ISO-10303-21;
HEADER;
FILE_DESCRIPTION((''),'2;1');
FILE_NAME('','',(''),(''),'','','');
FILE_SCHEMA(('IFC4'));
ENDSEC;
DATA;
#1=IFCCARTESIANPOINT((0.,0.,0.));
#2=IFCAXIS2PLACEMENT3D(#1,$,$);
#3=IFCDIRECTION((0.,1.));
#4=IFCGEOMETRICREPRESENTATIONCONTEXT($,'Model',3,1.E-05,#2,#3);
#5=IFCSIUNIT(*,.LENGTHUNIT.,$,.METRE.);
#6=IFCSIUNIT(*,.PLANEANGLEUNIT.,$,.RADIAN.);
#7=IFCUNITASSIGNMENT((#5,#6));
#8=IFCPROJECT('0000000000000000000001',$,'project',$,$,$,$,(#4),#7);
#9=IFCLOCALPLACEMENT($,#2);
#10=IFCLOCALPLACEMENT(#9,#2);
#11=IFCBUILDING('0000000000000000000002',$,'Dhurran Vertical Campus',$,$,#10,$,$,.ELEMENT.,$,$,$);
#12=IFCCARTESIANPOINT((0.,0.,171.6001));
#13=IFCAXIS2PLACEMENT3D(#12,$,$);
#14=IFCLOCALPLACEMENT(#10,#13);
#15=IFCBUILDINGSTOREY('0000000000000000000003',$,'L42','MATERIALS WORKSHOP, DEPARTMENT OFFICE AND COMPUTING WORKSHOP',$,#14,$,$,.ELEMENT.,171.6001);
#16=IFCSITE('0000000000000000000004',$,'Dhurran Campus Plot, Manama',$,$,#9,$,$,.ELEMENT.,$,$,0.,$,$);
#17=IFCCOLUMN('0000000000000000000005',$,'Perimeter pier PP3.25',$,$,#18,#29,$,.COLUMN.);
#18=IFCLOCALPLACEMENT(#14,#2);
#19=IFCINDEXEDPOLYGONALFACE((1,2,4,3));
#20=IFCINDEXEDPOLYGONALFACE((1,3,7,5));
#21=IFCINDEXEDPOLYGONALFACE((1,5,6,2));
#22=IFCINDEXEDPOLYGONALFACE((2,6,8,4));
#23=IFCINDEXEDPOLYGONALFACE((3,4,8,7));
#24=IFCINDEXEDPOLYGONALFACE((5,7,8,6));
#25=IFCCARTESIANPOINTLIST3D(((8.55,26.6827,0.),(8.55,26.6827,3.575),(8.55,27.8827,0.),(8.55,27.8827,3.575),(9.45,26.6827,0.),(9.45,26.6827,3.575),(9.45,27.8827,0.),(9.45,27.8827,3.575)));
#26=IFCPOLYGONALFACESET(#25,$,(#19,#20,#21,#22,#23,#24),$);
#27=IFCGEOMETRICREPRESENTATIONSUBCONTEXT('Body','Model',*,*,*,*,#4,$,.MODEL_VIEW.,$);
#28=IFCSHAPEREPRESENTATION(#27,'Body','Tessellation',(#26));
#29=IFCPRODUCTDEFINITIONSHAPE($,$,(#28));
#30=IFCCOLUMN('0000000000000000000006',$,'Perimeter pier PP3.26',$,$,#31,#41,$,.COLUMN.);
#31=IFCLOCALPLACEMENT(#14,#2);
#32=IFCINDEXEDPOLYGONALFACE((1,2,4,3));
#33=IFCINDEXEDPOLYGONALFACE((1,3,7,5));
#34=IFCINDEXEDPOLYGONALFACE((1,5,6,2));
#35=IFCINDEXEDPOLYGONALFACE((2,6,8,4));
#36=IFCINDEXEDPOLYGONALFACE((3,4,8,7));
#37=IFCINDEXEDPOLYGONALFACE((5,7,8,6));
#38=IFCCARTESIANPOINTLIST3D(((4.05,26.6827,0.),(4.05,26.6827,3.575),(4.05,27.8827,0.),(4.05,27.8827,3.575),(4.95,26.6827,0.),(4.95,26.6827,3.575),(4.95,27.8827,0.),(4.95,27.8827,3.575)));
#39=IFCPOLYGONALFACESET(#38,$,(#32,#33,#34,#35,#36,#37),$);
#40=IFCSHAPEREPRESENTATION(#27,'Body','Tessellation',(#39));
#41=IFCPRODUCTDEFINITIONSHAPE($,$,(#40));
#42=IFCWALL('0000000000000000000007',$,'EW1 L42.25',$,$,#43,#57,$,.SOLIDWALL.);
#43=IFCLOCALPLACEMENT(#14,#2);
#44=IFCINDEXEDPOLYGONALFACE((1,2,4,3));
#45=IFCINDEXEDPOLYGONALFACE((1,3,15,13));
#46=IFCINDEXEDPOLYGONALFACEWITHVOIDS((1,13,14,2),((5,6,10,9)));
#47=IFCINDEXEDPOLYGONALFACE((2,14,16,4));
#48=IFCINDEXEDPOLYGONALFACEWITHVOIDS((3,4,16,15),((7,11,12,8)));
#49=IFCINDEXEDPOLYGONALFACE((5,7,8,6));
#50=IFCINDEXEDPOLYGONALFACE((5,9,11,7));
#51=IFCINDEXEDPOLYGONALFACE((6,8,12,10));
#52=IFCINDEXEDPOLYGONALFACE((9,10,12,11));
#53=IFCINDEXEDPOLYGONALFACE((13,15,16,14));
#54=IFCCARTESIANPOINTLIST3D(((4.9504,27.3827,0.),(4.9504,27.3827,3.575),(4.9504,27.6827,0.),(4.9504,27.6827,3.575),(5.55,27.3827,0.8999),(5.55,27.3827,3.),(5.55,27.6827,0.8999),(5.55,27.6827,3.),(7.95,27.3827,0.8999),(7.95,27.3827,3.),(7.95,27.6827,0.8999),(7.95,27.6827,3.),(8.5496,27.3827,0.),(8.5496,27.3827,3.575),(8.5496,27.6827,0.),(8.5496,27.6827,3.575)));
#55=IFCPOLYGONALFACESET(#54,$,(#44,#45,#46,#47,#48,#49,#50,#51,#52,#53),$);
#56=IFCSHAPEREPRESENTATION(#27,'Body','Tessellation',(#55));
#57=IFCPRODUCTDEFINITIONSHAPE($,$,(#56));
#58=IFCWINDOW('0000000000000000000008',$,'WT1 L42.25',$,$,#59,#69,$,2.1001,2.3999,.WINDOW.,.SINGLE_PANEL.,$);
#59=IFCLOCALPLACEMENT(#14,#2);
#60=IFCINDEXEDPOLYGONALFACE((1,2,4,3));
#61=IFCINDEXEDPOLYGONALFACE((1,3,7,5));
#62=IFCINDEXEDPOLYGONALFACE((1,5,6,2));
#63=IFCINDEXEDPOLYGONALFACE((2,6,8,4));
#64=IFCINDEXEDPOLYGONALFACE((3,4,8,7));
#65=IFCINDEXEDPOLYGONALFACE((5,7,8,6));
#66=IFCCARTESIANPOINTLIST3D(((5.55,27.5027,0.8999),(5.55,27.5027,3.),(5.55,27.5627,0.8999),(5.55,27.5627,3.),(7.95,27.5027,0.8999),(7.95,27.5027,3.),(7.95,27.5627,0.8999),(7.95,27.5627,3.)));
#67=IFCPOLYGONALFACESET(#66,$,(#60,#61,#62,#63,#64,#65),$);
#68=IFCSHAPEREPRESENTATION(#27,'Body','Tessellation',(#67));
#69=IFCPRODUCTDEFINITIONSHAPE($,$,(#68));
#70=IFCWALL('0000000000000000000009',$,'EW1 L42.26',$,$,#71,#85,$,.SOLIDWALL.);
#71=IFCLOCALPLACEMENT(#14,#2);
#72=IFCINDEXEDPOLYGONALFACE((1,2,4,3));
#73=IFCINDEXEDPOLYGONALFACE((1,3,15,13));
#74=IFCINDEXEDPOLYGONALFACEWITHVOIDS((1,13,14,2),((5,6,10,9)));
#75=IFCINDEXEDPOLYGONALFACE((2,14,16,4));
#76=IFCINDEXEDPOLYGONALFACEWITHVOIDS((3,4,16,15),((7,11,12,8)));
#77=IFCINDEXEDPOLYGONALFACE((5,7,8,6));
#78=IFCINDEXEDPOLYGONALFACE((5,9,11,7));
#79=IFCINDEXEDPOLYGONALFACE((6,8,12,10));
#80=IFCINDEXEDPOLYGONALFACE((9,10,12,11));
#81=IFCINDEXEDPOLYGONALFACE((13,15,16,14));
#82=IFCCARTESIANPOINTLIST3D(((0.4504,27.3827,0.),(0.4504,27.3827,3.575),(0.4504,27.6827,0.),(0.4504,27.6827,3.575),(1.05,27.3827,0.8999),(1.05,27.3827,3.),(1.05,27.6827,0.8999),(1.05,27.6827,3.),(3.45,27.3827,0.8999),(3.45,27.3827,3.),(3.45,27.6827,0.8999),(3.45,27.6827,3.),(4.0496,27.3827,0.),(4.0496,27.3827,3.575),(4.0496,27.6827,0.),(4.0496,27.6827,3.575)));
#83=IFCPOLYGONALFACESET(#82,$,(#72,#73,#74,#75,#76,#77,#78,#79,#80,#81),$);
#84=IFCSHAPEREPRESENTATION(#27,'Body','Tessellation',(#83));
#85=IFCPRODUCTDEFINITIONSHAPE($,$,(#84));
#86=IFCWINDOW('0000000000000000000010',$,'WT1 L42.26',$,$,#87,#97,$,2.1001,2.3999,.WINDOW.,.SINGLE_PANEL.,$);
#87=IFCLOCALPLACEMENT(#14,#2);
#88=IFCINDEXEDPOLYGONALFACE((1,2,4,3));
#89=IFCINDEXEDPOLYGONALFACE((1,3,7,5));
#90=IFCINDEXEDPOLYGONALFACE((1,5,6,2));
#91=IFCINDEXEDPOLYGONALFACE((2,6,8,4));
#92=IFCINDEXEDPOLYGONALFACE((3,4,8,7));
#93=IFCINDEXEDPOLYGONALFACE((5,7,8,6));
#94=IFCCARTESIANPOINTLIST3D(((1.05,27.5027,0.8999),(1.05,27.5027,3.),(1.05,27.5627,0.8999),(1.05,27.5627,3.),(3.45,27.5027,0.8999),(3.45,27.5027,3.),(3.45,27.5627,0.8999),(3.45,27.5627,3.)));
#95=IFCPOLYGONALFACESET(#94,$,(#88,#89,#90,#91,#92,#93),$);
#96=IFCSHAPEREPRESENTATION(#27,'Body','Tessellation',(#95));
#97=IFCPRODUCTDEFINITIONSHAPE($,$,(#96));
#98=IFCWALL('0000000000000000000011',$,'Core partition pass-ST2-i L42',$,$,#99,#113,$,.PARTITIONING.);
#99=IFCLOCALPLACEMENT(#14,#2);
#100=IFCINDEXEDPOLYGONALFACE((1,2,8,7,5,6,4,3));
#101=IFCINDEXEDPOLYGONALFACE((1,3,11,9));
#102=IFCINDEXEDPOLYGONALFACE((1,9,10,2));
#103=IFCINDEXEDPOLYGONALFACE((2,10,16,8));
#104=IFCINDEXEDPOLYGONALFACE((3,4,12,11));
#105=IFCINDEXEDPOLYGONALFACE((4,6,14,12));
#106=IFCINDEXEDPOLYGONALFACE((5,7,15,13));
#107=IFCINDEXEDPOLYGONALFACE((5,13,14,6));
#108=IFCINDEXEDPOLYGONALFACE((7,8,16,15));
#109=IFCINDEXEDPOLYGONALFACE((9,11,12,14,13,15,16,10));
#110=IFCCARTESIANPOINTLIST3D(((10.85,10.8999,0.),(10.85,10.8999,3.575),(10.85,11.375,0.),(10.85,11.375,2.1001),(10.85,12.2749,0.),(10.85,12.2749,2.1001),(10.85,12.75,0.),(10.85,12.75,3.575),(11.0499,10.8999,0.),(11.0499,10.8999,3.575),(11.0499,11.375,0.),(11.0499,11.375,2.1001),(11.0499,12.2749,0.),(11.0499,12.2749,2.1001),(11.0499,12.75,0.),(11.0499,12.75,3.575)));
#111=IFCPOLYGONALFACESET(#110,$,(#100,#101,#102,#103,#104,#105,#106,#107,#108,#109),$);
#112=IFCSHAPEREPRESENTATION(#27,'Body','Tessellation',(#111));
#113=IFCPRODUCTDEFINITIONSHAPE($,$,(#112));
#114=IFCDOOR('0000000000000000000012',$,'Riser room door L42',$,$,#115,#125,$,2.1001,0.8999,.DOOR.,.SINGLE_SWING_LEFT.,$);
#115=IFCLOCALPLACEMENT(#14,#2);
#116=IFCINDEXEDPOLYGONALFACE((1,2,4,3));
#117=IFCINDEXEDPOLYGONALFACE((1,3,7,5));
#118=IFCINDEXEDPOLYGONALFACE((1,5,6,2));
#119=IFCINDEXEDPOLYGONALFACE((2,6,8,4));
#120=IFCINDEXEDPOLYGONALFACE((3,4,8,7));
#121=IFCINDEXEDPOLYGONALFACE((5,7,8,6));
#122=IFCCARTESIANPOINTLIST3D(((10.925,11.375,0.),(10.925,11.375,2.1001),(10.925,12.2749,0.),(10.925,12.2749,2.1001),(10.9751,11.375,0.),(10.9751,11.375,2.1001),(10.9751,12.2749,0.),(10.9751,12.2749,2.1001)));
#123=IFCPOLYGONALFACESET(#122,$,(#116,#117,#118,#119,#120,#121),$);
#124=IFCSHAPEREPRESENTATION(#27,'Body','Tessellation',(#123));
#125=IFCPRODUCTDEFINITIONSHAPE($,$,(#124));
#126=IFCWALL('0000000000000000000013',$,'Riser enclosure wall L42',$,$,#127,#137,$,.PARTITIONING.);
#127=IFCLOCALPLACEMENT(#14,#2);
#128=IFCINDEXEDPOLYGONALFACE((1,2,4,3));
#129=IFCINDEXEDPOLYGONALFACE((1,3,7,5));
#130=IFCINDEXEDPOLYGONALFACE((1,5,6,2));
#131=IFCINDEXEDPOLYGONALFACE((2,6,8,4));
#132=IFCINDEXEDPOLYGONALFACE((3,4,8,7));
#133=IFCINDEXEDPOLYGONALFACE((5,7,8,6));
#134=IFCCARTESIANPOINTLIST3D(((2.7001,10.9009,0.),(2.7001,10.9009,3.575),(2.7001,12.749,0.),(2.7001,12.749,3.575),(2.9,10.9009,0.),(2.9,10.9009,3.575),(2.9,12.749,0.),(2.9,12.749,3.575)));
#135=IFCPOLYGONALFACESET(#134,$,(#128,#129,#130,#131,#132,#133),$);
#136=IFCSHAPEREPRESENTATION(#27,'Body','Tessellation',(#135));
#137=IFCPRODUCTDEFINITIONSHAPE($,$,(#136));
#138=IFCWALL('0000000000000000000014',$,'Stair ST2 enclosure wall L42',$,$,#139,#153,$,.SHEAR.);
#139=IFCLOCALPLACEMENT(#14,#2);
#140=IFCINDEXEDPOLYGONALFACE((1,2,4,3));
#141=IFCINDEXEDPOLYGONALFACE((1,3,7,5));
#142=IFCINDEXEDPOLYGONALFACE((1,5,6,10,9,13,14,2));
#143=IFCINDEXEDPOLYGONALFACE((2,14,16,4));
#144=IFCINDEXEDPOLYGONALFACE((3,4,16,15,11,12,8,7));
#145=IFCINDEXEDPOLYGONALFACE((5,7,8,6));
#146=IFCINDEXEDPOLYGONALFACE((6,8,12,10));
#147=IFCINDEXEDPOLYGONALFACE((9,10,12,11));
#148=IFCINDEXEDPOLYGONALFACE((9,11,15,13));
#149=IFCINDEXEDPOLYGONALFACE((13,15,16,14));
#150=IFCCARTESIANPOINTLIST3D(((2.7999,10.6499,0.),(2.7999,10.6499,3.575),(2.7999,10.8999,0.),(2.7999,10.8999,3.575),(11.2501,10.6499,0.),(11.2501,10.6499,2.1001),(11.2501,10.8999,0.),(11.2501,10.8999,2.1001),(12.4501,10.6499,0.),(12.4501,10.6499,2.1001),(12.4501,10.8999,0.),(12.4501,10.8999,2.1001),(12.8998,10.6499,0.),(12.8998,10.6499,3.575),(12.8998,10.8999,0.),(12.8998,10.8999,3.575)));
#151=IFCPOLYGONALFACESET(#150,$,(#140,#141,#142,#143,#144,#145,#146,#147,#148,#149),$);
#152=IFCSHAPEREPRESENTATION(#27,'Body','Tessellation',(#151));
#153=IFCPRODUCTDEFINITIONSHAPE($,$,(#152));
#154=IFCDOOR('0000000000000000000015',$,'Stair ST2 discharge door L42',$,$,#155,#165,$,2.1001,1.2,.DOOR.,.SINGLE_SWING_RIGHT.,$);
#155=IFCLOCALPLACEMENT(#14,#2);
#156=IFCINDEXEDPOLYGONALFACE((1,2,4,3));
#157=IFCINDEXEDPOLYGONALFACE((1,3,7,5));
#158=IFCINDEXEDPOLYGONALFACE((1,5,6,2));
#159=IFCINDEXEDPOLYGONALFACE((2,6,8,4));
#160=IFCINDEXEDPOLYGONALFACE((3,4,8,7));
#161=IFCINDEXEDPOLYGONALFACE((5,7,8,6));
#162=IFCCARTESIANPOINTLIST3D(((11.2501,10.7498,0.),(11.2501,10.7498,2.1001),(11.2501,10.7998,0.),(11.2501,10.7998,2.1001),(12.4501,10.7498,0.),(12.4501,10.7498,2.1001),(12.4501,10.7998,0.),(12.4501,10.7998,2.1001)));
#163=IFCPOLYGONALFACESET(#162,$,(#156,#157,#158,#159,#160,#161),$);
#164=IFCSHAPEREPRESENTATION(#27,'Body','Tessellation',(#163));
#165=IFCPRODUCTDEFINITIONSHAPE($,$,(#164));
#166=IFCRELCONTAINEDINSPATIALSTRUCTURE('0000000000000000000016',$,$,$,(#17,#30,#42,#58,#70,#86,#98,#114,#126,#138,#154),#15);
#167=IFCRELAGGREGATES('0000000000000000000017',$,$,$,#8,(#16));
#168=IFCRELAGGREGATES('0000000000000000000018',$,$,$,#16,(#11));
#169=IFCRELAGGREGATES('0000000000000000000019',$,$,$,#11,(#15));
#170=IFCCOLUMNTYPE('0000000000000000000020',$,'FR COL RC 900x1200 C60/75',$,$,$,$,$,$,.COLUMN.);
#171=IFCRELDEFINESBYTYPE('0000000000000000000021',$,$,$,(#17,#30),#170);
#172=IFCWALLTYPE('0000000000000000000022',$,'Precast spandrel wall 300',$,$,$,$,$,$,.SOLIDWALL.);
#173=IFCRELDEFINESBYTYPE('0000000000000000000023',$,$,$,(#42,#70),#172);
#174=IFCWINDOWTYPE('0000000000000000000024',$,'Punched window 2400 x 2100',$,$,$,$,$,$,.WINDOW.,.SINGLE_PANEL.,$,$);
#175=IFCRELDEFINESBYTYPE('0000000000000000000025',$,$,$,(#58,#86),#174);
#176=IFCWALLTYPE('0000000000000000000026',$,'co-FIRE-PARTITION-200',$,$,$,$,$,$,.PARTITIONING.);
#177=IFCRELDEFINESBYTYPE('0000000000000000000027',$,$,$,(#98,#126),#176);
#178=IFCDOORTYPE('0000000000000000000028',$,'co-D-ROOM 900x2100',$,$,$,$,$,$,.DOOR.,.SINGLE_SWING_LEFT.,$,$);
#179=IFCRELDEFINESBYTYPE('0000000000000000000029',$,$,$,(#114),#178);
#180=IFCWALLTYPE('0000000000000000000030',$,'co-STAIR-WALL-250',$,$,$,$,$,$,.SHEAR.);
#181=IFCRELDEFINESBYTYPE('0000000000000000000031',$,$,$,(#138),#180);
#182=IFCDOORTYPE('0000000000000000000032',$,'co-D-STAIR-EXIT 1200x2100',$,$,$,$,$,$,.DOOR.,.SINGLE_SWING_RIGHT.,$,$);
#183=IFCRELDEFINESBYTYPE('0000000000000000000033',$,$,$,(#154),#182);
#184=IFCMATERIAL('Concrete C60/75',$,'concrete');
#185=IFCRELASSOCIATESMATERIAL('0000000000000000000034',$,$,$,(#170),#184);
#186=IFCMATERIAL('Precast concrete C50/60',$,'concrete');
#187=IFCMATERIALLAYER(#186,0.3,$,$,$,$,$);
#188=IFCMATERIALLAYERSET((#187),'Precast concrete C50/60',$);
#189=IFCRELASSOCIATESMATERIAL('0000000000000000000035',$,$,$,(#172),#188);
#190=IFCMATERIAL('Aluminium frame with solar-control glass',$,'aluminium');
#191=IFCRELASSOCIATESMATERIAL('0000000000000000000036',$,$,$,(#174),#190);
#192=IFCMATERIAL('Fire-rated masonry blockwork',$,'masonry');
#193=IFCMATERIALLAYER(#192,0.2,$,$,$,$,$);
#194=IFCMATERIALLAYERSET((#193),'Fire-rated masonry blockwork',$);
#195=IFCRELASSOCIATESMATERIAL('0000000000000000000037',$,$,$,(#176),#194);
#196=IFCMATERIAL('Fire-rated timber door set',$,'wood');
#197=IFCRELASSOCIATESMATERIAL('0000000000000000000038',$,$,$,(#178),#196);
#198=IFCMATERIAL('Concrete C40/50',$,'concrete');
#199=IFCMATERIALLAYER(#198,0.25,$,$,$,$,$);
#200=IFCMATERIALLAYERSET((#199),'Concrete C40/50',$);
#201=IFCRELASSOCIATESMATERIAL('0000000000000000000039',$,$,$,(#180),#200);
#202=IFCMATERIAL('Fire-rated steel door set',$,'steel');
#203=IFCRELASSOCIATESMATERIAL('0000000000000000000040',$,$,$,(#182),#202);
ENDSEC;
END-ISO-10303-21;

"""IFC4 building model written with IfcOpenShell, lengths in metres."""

from ifc_helpers import new_model, si_unit, direction, frame, frame_2d, origin, origin_2d, place, context, subcontext, project, spatial, rectangle, extrude, material, layer, layer_set, material_profile, profile_set, type_object, element, fill, save


model = new_model("IFC4")

# Units and contexts
model_context = context("Model", 3, precision=1e-05, world=origin(), true_north=direction((0.0, 1.0)))
body_context = subcontext(model_context, "Body", "Model", "MODEL_VIEW")
ifc_project = project(units=[si_unit("LENGTHUNIT", "METRE"), si_unit("PLANEANGLEUNIT", "RADIAN")], contexts=[model_context])

# Site, building, storey
site_placement = place(None, origin())
site = spatial("IfcSite", under=ifc_project, at=site_placement, Name="Dhurran Campus Plot, Manama", CompositionType="ELEMENT", RefElevation=0.0)
building_placement = place(site_placement, origin())
building = spatial("IfcBuilding", under=site, at=building_placement, Name="Dhurran Vertical Campus", CompositionType="ELEMENT")
storey_placement = place(building_placement, frame((0.0, 0.0, 171.6001)))
storey = spatial("IfcBuildingStorey", under=building, at=storey_placement, Name="L42", Description="MATERIALS WORKSHOP, DEPARTMENT OFFICE AND COMPUTING WORKSHOP", CompositionType="ELEMENT", Elevation=171.6001)

# Columns
ifc_material_1 = material(Name="Concrete C60/75", Category="concrete")
ifc_material_profile = material_profile(ifc_material_1, rectangle(XDim=0.8999, YDim=1.2, at=origin_2d()), Name="RC 900x1200")
ifc_profile_set = profile_set([ifc_material_profile], Name="Concrete C60/75")
column_type = type_object("IfcColumnType", Name="FR COL RC 900x1200 C60/75", PredefinedType="COLUMN", material=ifc_profile_set)
for number, where, z_axis, x_axis, name in (
    (1, (9.0, 27.2827, 0.0), (0.0, 0.0, 1.0), (-1.0, 0.0, 0.0), "Perimeter pier PP3.25"),
    (2, (4.5, 27.2827, 0.0), (0.0, 0.0, 1.0), (-1.0, 0.0, 0.0), "Perimeter pier PP3.26"),
):
    element("IfcColumn", number, at=place(storey_placement, frame(where, z_axis=z_axis, x_axis=x_axis)), inside=storey, type_object=column_type, Name=name, PredefinedType="COLUMN", context=body_context, shape_type="SweptSolid", body=[
        extrude(rectangle(XDim=0.8999, YDim=1.2, at=origin_2d()), origin(), (0.0, 0.0, 1.0), 3.575),
    ])

# Walls, openings, windows
ifc_material_2 = material(Name="Precast concrete C50/60", Category="concrete")
ifc_layer_1 = layer(ifc_material_2, 0.3)
ifc_layer_set_1 = layer_set([ifc_layer_1], Name="Precast concrete C50/60")
wall_type_1 = type_object("IfcWallType", Name="Precast spandrel wall 300", PredefinedType="SOLIDWALL", material=ifc_layer_set_1)
wall_1_placement = place(storey_placement, frame((8.5496, 27.5327, 0.0), z_axis=(0.0, 0.0, 1.0), x_axis=(-1.0, 0.0, 0.0)))
wall_1 = element("IfcWall", 3, at=wall_1_placement, inside=storey, type_object=wall_type_1, Name="EW1 L42.25", PredefinedType="SOLIDWALL", context=body_context, shape_type="SweptSolid", body=[
    extrude(rectangle(XDim=3.5991, YDim=0.3, at=frame_2d((1.7996, 0.0))), origin(), (0.0, 0.0, 1.0), 3.575),
])
opening_1_placement = place(wall_1_placement, frame((0.5996, 0.0, 0.8999)))
opening_1 = element("IfcOpeningElement", 4, at=opening_1_placement, cuts=wall_1, PredefinedType="OPENING", context=body_context, shape_type="SweptSolid", body=[
    extrude(rectangle(XDim=2.3999, YDim=2.1001, at=frame_2d((1.2, 1.05))), frame((0.0, 0.1599, 0.0), z_axis=(0.0, -1.0, 0.0), x_axis=(1.0, 0.0, 0.0)), (0.0, 0.0, 1.0), 0.3201),
])
ifc_material_3 = material(Name="Aluminium frame with solar-control glass", Category="aluminium")
window_type = type_object("IfcWindowType", Name="Punched window 2400 x 2100", PartitioningType="SINGLE_PANEL", PredefinedType="WINDOW", material=ifc_material_3)
window_1_placement = place(opening_1_placement, origin())
window_1 = element("IfcWindow", 5, at=window_1_placement, inside=storey, type_object=window_type, Name="WT1 L42.25", OverallHeight=2.1001, OverallWidth=2.3999, PartitioningType="SINGLE_PANEL", PredefinedType="WINDOW", context=body_context, shape_type="SweptSolid", body=[
    extrude(rectangle(XDim=2.3999, YDim=2.1001, at=frame_2d((1.2, 1.05))), frame((0.0, 0.03, 0.0), z_axis=(0.0, -1.0, 0.0), x_axis=(1.0, 0.0, 0.0)), (0.0, 0.0, 1.0), 0.0601),
])
fill(opening_1, window_1)
wall_2_placement = place(storey_placement, frame((4.0496, 27.5327, 0.0), z_axis=(0.0, 0.0, 1.0), x_axis=(-1.0, 0.0, 0.0)))
wall_2 = element("IfcWall", 6, at=wall_2_placement, inside=storey, type_object=wall_type_1, Name="EW1 L42.26", PredefinedType="SOLIDWALL", context=body_context, shape_type="SweptSolid", body=[
    extrude(rectangle(XDim=3.5991, YDim=0.3, at=frame_2d((1.7996, 0.0))), origin(), (0.0, 0.0, 1.0), 3.575),
])
opening_2_placement = place(wall_2_placement, frame((0.5996, 0.0, 0.8999)))
opening_2 = element("IfcOpeningElement", 7, at=opening_2_placement, cuts=wall_2, PredefinedType="OPENING", context=body_context, shape_type="SweptSolid", body=[
    extrude(rectangle(XDim=2.3999, YDim=2.1001, at=frame_2d((1.2, 1.05))), frame((0.0, 0.1599, 0.0), z_axis=(0.0, -1.0, 0.0), x_axis=(1.0, 0.0, 0.0)), (0.0, 0.0, 1.0), 0.3201),
])
window_2_placement = place(opening_2_placement, origin())
window_2 = element("IfcWindow", 8, at=window_2_placement, inside=storey, type_object=window_type, Name="WT1 L42.26", OverallHeight=2.1001, OverallWidth=2.3999, PartitioningType="SINGLE_PANEL", PredefinedType="WINDOW", context=body_context, shape_type="SweptSolid", body=[
    extrude(rectangle(XDim=2.3999, YDim=2.1001, at=frame_2d((1.2, 1.05))), frame((0.0, 0.03, 0.0), z_axis=(0.0, -1.0, 0.0), x_axis=(1.0, 0.0, 0.0)), (0.0, 0.0, 1.0), 0.0601),
])
fill(opening_2, window_2)

# Wall, opening, door
ifc_material_4 = material(Name="Fire-rated masonry blockwork", Category="masonry")
ifc_layer_2 = layer(ifc_material_4, 0.2)
ifc_layer_set_2 = layer_set([ifc_layer_2], Name="Fire-rated masonry blockwork")
wall_type_2 = type_object("IfcWallType", Name="co-FIRE-PARTITION-200", PredefinedType="PARTITIONING", material=ifc_layer_set_2)
wall_3_placement = place(storey_placement, frame((10.95, 10.8999, 0.0), z_axis=(0.0, 0.0, 1.0), x_axis=(0.0, 1.0, 0.0)))
wall_3 = element("IfcWall", 9, at=wall_3_placement, inside=storey, type_object=wall_type_2, Name="Core partition pass-ST2-i L42", PredefinedType="PARTITIONING", context=body_context, shape_type="SweptSolid", body=[
    extrude(rectangle(XDim=1.8501, YDim=0.2, at=frame_2d((0.925, 0.0))), origin(), (0.0, 0.0, 1.0), 3.575),
])
opening_3_placement = place(wall_3_placement, frame((0.4751, 0.0, 0.0)))
opening_3 = element("IfcOpeningElement", 10, at=opening_3_placement, cuts=wall_3, PredefinedType="OPENING", context=body_context, shape_type="SweptSolid", body=[
    extrude(rectangle(XDim=0.8999, YDim=2.1001, at=frame_2d((0.45, 1.05))), frame((0.0, 0.1099, 0.0), z_axis=(0.0, -1.0, 0.0), x_axis=(1.0, 0.0, 0.0)), (0.0, 0.0, 1.0), 0.22),
])
ifc_material_5 = material(Name="Fire-rated timber door set", Category="wood")
door_type_1 = type_object("IfcDoorType", Name="co-D-ROOM 900x2100", OperationType="SINGLE_SWING_LEFT", PredefinedType="DOOR", material=ifc_material_5)
door_1_placement = place(opening_3_placement, origin())
door_1 = element("IfcDoor", 11, at=door_1_placement, inside=storey, type_object=door_type_1, Name="Riser room door L42", OperationType="SINGLE_SWING_LEFT", OverallHeight=2.1001, OverallWidth=0.8999, PredefinedType="DOOR", context=body_context, shape_type="SweptSolid", body=[
    extrude(rectangle(XDim=0.8999, YDim=2.1001, at=frame_2d((0.45, 1.05))), frame((0.0, 0.0249, 0.0), z_axis=(0.0, -1.0, 0.0), x_axis=(1.0, 0.0, 0.0)), (0.0, 0.0, 1.0), 0.05),
])
fill(opening_3, door_1)

# Wall
wall_4_placement = place(storey_placement, frame((2.8, 12.749, 0.0), z_axis=(0.0, 0.0, 1.0), x_axis=(0.0, -1.0, 0.0)))
element("IfcWall", 12, at=wall_4_placement, inside=storey, type_object=wall_type_2, Name="Riser enclosure wall L42", PredefinedType="PARTITIONING", context=body_context, shape_type="SweptSolid", body=[
    extrude(rectangle(XDim=1.8481, YDim=0.2, at=frame_2d((0.9241, 0.0))), origin(), (0.0, 0.0, 1.0), 3.575),
])

# Wall, opening, door
ifc_material_6 = material(Name="Concrete C40/50", Category="concrete")
ifc_layer_3 = layer(ifc_material_6, 0.25)
ifc_layer_set_3 = layer_set([ifc_layer_3], Name="Concrete C40/50")
wall_type_3 = type_object("IfcWallType", Name="co-STAIR-WALL-250", PredefinedType="SHEAR", material=ifc_layer_set_3)
wall_5_placement = place(storey_placement, frame((2.8, 10.7749, 0.0), z_axis=(0.0, 0.0, 1.0), x_axis=(1.0, 0.0, 0.0)))
wall_5 = element("IfcWall", 13, at=wall_5_placement, inside=storey, type_object=wall_type_3, Name="Stair ST2 enclosure wall L42", PredefinedType="SHEAR", context=body_context, shape_type="SweptSolid", body=[
    extrude(rectangle(XDim=10.0999, YDim=0.25, at=frame_2d((5.0498, 0.0))), origin(), (0.0, 0.0, 1.0), 3.575),
])
opening_4_placement = place(wall_5_placement, frame((8.45, 0.0, 0.0)))
opening_4 = element("IfcOpeningElement", 14, at=opening_4_placement, cuts=wall_5, PredefinedType="OPENING", context=body_context, shape_type="SweptSolid", body=[
    extrude(rectangle(XDim=1.2, YDim=2.1001, at=frame_2d((0.6001, 1.05))), frame((0.0, 0.135, 0.0), z_axis=(0.0, -1.0, 0.0), x_axis=(1.0, 0.0, 0.0)), (0.0, 0.0, 1.0), 0.27),
])
ifc_material_7 = material(Name="Fire-rated steel door set", Category="steel")
door_type_2 = type_object("IfcDoorType", Name="co-D-STAIR-EXIT 1200x2100", OperationType="SINGLE_SWING_RIGHT", PredefinedType="DOOR", material=ifc_material_7)
door_2_placement = place(opening_4_placement, origin())
door_2 = element("IfcDoor", 15, at=door_2_placement, inside=storey, type_object=door_type_2, Name="Stair ST2 discharge door L42", OperationType="SINGLE_SWING_RIGHT", OverallHeight=2.1001, OverallWidth=1.2, PredefinedType="DOOR", context=body_context, shape_type="SweptSolid", body=[
    extrude(rectangle(XDim=1.2, YDim=2.1001, at=frame_2d((0.6001, 1.05))), frame((0.0, 0.0249, 0.0), z_axis=(0.0, -1.0, 0.0), x_axis=(1.0, 0.0, 0.0)), (0.0, 0.0, 1.0), 0.05),
])
fill(opening_4, door_2)

save(model, "model.ifc")
